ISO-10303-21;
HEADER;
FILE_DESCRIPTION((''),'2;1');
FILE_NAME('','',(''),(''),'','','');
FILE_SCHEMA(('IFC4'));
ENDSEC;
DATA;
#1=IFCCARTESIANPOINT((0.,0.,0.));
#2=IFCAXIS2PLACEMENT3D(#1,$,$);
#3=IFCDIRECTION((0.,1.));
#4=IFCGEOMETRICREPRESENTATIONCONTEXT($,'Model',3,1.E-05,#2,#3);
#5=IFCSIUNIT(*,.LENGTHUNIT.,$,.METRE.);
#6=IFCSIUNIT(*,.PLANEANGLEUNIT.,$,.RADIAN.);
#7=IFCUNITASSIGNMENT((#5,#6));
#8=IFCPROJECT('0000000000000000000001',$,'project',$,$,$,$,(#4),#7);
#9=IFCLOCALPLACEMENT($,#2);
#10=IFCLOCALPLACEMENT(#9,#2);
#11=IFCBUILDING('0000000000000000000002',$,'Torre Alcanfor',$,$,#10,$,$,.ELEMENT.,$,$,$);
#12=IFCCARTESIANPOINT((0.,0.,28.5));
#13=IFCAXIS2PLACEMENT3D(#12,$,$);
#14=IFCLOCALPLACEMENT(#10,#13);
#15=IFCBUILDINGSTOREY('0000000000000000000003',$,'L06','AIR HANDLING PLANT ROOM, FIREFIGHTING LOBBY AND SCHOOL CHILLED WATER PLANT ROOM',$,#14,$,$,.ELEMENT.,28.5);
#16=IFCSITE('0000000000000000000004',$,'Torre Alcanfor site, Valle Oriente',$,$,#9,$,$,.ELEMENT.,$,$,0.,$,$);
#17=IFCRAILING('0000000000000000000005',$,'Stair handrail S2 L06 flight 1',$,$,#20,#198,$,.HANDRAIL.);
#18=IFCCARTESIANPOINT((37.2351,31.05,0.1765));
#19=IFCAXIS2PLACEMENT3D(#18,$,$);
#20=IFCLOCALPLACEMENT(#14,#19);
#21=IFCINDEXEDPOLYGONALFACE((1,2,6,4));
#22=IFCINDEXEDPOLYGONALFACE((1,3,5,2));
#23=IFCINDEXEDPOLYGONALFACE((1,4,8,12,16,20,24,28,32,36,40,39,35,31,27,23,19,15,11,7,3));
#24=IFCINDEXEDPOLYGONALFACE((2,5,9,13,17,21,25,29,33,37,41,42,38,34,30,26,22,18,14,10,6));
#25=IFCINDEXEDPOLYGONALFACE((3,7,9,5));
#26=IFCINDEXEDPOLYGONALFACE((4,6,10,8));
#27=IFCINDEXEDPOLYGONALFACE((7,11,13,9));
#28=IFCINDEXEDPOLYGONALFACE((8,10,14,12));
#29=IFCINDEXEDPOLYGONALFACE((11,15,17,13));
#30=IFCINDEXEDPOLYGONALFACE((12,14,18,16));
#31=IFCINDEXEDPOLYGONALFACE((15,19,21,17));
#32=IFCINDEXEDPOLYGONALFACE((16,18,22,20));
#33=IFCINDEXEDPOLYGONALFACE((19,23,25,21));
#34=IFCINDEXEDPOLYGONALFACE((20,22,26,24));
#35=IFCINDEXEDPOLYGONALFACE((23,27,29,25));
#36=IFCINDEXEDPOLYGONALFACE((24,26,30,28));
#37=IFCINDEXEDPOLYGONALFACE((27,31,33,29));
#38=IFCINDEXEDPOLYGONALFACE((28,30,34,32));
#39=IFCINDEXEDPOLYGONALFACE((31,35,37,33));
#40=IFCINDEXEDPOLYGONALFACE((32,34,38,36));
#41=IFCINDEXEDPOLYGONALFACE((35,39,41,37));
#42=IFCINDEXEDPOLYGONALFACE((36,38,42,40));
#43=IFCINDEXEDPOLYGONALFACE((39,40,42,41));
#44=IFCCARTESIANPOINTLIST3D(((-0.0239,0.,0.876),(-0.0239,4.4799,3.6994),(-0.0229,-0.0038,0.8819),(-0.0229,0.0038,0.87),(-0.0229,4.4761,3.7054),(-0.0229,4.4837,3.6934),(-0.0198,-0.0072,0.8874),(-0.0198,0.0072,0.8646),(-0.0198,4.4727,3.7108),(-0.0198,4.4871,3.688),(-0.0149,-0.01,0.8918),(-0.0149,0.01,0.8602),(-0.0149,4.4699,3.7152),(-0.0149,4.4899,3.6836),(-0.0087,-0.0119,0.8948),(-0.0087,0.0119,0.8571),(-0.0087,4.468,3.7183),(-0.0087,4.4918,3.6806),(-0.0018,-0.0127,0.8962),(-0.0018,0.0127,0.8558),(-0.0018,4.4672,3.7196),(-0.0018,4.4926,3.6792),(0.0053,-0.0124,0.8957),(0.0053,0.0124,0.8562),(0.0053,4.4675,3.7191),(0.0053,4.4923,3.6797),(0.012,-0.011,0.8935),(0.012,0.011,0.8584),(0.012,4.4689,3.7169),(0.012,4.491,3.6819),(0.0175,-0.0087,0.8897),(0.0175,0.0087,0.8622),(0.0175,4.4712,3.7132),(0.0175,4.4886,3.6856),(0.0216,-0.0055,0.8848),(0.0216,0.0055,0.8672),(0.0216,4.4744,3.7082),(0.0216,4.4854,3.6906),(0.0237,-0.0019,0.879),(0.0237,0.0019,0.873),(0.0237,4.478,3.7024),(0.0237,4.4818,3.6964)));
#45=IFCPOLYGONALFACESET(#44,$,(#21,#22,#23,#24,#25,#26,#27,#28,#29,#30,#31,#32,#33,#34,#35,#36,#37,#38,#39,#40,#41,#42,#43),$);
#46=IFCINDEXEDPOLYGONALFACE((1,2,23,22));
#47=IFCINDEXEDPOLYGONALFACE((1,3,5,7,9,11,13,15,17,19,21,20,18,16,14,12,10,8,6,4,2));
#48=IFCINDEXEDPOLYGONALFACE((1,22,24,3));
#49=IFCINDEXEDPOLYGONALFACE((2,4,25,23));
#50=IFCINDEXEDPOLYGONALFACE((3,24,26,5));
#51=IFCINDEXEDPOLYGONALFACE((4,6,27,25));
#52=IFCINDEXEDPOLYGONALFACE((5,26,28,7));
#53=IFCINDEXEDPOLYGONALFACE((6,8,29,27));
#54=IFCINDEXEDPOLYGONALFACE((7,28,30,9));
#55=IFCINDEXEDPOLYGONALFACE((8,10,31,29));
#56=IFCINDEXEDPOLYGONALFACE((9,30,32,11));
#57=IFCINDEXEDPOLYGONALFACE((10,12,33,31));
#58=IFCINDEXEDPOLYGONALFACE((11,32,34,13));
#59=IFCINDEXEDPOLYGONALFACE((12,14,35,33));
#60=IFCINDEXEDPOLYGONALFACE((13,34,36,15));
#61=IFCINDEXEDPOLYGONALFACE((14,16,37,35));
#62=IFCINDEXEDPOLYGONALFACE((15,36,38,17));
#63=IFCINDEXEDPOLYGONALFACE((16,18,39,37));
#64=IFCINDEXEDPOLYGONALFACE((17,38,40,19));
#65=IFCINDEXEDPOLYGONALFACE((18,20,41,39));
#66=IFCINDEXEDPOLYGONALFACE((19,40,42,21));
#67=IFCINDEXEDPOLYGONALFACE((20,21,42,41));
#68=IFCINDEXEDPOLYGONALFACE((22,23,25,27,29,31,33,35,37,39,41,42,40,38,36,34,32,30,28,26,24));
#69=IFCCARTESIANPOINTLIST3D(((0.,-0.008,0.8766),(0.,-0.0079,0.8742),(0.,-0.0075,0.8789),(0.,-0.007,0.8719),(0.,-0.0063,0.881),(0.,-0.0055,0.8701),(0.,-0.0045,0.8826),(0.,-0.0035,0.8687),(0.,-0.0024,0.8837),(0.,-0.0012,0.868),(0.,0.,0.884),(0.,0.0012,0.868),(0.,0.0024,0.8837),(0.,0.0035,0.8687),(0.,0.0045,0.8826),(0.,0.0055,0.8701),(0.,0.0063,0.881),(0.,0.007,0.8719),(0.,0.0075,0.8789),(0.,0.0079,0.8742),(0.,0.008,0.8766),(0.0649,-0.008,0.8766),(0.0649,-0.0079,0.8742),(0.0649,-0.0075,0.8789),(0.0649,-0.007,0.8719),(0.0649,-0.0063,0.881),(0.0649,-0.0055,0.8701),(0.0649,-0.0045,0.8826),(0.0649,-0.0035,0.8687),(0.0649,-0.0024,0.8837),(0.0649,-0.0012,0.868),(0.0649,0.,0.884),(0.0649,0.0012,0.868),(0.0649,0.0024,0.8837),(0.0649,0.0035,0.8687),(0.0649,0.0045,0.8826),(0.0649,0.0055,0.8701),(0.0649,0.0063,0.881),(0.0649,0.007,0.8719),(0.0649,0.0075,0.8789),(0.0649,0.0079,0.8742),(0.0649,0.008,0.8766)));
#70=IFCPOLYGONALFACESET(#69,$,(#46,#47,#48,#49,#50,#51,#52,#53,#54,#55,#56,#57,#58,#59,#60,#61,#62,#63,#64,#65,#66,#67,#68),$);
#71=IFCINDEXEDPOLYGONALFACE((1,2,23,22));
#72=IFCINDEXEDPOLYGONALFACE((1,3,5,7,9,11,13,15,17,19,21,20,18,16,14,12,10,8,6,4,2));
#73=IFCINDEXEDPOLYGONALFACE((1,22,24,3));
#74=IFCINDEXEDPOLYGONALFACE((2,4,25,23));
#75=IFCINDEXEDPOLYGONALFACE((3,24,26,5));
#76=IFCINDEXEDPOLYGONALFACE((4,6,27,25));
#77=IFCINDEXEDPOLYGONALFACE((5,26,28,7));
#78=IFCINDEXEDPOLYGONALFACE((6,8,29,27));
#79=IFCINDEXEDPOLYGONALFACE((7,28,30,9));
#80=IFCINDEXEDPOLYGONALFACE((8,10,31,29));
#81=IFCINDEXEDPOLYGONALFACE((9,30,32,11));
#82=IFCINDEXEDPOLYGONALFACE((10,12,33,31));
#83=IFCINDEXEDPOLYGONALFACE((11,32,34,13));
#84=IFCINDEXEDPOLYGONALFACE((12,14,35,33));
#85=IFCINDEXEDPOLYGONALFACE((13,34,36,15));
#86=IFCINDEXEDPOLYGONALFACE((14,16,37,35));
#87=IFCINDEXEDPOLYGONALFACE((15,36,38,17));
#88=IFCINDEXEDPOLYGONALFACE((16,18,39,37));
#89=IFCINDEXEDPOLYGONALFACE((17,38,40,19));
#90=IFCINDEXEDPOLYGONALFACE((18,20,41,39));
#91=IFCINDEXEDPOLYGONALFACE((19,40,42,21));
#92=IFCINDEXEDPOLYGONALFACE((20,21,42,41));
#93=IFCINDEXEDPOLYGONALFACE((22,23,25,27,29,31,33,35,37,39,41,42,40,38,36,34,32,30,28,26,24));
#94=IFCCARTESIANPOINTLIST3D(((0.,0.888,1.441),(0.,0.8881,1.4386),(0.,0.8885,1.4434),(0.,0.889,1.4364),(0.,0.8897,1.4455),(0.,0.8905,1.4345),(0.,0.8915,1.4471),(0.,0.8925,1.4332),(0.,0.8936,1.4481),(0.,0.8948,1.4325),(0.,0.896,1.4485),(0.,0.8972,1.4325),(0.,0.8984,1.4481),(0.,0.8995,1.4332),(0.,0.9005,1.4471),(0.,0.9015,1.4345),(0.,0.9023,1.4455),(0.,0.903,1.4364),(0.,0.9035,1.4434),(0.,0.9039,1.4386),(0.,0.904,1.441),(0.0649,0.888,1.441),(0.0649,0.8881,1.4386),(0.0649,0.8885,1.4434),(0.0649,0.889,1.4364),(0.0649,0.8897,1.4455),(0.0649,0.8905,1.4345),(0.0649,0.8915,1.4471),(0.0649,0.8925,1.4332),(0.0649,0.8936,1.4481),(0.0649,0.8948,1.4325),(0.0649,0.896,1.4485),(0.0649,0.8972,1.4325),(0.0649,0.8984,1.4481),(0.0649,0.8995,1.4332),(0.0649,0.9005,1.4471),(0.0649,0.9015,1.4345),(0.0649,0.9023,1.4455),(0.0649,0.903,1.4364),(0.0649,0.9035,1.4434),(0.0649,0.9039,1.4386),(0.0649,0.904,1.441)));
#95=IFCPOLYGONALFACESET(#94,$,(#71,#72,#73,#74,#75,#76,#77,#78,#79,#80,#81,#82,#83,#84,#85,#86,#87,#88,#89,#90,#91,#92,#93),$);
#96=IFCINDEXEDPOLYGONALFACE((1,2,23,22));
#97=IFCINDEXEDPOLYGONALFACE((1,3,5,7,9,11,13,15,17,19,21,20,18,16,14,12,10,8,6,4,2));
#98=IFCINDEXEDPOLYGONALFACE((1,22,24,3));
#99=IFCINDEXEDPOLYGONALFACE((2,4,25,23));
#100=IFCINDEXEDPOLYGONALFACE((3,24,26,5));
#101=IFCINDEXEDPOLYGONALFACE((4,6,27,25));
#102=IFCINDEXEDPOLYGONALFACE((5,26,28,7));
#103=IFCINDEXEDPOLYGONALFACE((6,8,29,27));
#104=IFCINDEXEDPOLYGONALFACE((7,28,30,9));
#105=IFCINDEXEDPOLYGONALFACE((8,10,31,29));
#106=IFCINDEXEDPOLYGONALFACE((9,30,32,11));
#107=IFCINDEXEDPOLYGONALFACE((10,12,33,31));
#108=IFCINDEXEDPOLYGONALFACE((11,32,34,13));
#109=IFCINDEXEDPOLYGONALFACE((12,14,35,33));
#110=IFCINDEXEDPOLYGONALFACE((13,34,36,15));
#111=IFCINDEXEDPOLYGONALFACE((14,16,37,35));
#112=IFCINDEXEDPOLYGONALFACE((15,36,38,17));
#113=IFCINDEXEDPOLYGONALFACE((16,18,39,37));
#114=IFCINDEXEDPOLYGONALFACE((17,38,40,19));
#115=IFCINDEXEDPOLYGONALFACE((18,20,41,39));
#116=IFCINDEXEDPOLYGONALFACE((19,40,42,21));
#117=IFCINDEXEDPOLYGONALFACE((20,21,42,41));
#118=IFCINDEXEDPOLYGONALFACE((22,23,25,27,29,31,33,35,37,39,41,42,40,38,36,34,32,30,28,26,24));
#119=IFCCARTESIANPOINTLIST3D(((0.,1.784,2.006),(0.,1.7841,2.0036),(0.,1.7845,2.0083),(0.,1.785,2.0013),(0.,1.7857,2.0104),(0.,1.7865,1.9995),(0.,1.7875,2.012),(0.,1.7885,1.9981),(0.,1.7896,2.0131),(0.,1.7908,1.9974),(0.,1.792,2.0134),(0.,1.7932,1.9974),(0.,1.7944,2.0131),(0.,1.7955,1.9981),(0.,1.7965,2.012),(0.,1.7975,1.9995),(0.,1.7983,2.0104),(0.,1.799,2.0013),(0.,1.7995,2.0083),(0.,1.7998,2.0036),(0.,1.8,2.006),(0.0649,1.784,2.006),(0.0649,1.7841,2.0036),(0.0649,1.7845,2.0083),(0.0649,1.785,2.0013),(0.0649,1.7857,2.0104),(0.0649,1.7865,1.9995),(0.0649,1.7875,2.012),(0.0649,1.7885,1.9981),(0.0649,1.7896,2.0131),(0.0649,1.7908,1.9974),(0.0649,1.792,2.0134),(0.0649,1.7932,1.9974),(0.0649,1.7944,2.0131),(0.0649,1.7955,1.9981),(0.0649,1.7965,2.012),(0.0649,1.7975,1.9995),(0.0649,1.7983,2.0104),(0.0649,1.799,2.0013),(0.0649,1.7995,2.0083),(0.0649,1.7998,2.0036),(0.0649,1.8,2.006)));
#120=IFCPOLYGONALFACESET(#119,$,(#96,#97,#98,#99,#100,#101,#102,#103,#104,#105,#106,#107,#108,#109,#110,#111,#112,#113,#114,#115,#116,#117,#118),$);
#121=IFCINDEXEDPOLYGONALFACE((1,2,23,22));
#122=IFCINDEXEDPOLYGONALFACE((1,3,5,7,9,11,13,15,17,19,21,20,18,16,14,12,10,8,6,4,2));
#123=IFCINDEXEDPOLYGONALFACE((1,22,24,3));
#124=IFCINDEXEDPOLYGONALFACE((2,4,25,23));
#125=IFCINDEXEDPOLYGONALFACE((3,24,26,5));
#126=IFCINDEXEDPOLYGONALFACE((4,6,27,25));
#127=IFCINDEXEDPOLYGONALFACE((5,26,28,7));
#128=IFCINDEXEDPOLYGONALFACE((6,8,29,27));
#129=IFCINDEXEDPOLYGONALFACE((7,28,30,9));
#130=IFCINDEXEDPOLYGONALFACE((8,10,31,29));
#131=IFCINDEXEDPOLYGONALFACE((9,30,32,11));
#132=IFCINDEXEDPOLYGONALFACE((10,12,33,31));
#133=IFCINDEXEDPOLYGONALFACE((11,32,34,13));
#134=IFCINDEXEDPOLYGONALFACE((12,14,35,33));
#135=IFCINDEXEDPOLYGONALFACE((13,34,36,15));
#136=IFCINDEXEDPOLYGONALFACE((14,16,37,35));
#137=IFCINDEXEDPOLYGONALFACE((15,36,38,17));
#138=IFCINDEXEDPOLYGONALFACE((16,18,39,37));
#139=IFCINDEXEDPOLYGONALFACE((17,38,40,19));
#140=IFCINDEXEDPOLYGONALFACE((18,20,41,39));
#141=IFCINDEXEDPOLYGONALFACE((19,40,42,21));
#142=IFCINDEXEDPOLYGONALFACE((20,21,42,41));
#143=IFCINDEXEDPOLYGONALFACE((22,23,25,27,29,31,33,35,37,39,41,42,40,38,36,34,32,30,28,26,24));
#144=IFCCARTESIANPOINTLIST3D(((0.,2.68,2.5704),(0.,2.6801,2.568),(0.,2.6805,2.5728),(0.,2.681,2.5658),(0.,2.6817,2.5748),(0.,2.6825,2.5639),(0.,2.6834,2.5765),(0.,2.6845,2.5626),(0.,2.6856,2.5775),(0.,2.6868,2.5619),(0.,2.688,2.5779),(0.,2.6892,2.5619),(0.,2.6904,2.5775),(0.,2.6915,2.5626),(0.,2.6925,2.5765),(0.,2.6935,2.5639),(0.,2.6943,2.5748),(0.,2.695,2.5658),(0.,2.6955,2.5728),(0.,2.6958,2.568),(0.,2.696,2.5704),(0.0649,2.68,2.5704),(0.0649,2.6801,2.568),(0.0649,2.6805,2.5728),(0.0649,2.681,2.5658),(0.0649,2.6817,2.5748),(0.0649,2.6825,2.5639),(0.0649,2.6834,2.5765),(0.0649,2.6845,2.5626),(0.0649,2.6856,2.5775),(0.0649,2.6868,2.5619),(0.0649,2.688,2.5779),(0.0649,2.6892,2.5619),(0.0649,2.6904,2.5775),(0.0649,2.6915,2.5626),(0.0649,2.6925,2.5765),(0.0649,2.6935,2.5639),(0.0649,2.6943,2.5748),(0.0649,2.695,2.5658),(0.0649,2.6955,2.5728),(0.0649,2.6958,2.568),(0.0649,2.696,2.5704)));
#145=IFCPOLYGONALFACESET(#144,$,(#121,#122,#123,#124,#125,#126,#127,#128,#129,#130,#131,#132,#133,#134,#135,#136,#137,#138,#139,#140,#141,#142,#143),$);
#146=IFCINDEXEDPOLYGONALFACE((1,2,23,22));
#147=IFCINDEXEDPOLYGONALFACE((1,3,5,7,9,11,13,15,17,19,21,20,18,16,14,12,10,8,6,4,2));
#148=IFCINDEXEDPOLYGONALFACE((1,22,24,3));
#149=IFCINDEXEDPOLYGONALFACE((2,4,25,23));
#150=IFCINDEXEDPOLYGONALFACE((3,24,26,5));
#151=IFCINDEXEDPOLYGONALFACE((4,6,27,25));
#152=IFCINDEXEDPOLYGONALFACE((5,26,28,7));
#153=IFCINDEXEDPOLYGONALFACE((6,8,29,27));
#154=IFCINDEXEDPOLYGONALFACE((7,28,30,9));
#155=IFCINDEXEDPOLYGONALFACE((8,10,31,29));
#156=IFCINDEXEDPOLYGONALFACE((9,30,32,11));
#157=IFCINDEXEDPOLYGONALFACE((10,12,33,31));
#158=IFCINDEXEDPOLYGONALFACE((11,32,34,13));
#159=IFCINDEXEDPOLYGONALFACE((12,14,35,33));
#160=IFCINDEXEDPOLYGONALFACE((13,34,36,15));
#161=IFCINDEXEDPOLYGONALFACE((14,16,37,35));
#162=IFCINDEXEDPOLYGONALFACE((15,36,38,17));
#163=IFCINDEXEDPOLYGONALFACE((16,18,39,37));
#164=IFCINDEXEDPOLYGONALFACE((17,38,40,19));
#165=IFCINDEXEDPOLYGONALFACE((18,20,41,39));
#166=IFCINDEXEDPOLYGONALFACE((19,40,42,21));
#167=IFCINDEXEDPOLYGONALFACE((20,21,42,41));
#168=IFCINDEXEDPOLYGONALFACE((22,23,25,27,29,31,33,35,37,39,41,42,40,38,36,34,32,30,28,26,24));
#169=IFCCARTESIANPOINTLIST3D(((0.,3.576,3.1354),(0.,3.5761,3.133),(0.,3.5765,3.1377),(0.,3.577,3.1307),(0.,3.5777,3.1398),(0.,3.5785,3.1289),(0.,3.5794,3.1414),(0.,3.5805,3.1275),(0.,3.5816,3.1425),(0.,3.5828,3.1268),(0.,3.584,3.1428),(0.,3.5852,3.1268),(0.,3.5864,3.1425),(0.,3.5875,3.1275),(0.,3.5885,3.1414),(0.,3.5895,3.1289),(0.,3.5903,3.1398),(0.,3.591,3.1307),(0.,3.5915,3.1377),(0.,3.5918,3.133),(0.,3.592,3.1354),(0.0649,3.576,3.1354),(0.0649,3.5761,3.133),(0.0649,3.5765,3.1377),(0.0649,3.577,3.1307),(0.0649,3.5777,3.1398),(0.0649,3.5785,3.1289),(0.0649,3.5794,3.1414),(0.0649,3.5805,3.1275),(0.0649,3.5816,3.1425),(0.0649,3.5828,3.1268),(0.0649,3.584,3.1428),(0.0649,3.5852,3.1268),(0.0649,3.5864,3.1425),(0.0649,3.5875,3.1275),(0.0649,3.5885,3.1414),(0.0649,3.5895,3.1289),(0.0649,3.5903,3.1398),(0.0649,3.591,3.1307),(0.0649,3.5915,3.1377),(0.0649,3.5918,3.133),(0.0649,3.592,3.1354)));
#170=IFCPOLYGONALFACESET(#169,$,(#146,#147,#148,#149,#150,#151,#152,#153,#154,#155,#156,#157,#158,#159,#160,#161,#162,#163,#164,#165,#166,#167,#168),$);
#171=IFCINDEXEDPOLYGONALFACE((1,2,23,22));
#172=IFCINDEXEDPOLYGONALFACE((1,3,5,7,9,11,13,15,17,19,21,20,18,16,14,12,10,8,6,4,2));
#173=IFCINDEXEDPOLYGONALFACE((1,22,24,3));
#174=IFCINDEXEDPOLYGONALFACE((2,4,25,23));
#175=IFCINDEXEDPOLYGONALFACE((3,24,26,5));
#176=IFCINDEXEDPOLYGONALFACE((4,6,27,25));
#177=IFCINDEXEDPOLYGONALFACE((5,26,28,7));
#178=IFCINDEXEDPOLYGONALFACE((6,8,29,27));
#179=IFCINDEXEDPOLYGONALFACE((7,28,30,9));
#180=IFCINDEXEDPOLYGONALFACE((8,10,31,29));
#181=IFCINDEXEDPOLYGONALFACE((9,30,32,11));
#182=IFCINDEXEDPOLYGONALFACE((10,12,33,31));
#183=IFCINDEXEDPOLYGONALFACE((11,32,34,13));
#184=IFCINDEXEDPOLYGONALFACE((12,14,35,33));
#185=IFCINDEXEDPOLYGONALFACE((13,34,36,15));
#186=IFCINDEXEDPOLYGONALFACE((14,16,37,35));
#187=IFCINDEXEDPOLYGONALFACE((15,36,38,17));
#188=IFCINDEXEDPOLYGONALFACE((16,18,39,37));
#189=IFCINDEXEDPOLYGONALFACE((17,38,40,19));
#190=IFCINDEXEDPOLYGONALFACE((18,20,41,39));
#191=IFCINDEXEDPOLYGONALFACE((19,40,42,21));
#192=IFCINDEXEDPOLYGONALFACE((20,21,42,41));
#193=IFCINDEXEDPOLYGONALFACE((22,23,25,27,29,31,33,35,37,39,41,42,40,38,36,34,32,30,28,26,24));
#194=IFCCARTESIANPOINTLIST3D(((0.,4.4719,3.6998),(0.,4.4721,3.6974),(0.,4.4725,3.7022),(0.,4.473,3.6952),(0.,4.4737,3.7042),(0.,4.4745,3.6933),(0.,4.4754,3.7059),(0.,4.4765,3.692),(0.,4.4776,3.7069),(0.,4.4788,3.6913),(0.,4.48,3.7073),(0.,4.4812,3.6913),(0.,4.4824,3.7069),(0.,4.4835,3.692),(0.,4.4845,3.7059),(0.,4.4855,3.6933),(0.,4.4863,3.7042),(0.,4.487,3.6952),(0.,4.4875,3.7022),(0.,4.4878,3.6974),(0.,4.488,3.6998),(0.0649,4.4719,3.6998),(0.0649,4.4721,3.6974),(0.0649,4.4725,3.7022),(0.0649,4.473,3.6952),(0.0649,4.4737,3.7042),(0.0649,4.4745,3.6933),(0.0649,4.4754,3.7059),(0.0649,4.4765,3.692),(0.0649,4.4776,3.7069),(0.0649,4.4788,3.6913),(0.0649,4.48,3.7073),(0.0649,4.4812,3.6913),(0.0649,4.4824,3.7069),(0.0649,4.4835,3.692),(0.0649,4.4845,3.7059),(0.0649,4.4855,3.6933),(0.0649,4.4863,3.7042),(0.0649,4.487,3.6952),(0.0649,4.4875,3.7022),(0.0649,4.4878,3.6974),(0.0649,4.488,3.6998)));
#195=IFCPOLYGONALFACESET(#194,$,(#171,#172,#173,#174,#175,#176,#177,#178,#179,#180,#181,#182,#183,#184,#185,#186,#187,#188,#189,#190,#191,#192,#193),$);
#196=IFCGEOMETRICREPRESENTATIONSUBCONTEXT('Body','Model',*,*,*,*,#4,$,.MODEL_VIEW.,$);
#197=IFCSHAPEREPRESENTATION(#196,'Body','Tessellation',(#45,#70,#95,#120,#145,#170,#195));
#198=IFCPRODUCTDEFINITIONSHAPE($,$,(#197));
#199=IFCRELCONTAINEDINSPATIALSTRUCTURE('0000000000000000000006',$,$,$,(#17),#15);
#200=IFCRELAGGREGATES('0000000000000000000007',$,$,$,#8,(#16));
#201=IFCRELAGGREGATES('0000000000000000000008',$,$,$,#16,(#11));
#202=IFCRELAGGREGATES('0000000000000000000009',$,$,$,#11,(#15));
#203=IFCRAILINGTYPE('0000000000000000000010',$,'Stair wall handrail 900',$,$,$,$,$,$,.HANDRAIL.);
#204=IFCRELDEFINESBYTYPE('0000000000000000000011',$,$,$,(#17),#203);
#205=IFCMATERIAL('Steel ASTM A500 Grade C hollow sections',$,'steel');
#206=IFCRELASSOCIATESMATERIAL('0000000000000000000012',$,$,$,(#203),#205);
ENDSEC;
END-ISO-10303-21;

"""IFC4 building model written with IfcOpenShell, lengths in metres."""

from ifc_helpers import new_model, si_unit, direction, frame, origin, origin_2d, place, context, subcontext, project, spatial, circle, extrude, material, type_object, element, save


model = new_model("IFC4")

# Units and contexts
model_context = context("Model", 3, precision=1e-05, world=origin(), true_north=direction((0.0, 1.0)))
body_context = subcontext(model_context, "Body", "Model", "MODEL_VIEW")
ifc_project = project(units=[si_unit("LENGTHUNIT", "METRE"), si_unit("PLANEANGLEUNIT", "RADIAN")], contexts=[model_context])

# Site, building, storey
site_placement = place(None, origin())
site = spatial("IfcSite", under=ifc_project, at=site_placement, Name="Torre Alcanfor site, Valle Oriente", CompositionType="ELEMENT", RefElevation=0.0)
building_placement = place(site_placement, origin())
building = spatial("IfcBuilding", under=site, at=building_placement, Name="Torre Alcanfor", CompositionType="ELEMENT")
storey_placement = place(building_placement, frame((0.0, 0.0, 28.5)))
storey = spatial("IfcBuildingStorey", under=building, at=storey_placement, Name="L06", Description="AIR HANDLING PLANT ROOM, FIREFIGHTING LOBBY AND SCHOOL CHILLED WATER PLANT ROOM", CompositionType="ELEMENT", Elevation=28.5)

# Railing
ifc_material_1 = material(Name="Steel ASTM A500 Grade C hollow sections", Category="steel")
railing_type_1 = type_object("IfcRailingType", Name="Stair wall handrail 900", PredefinedType="HANDRAIL", material=ifc_material_1)
railing_1_placement = place(storey_placement, frame((37.2351, 31.05, 0.1765)))
element("IfcRailing", 1, at=railing_1_placement, inside=storey, type_object=railing_type_1, Name="Stair handrail S2 L06 flight 1", PredefinedType="HANDRAIL", context=body_context, shape_type="SweptSolid", body=[
    extrude(circle(Radius=0.0239, at=origin_2d()), frame((0.0, 0.0, 0.876), z_axis=(0.0, 0.845998, 0.533186), x_axis=(-1.0, 0.0, 0.0)), (0.0, 0.0, 1.0), 5.2954),
    extrude(circle(Radius=0.0081, at=origin_2d()), frame((0.0, 0.0, 0.876), z_axis=(1.0, 0.0, 0.0), x_axis=(0.0, 0.0, 1.0)), (0.0, 0.0, 1.0), 0.0649),
    extrude(circle(Radius=0.0081, at=origin_2d()), frame((0.0, 0.896, 1.4404), z_axis=(1.0, 0.0, 0.0), x_axis=(0.0, 0.0, 1.0)), (0.0, 0.0, 1.0), 0.0649),
    extrude(circle(Radius=0.0081, at=origin_2d()), frame((0.0, 1.792, 2.0054), z_axis=(1.0, 0.0, 0.0), x_axis=(0.0, 0.0, 1.0)), (0.0, 0.0, 1.0), 0.0649),
    extrude(circle(Radius=0.0081, at=origin_2d()), frame((0.0, 2.688, 2.5698), z_axis=(1.0, 0.0, 0.0), x_axis=(0.0, 0.0, 1.0)), (0.0, 0.0, 1.0), 0.0649),
    extrude(circle(Radius=0.0081, at=origin_2d()), frame((0.0, 3.584, 3.1348), z_axis=(1.0, 0.0, 0.0), x_axis=(0.0, 0.0, 1.0)), (0.0, 0.0, 1.0), 0.0649),
    extrude(circle(Radius=0.0081, at=origin_2d()), frame((0.0, 4.48, 3.6992), z_axis=(1.0, 0.0, 0.0), x_axis=(0.0, 0.0, 1.0)), (0.0, 0.0, 1.0), 0.0649),
])

save(model, "model.ifc")
